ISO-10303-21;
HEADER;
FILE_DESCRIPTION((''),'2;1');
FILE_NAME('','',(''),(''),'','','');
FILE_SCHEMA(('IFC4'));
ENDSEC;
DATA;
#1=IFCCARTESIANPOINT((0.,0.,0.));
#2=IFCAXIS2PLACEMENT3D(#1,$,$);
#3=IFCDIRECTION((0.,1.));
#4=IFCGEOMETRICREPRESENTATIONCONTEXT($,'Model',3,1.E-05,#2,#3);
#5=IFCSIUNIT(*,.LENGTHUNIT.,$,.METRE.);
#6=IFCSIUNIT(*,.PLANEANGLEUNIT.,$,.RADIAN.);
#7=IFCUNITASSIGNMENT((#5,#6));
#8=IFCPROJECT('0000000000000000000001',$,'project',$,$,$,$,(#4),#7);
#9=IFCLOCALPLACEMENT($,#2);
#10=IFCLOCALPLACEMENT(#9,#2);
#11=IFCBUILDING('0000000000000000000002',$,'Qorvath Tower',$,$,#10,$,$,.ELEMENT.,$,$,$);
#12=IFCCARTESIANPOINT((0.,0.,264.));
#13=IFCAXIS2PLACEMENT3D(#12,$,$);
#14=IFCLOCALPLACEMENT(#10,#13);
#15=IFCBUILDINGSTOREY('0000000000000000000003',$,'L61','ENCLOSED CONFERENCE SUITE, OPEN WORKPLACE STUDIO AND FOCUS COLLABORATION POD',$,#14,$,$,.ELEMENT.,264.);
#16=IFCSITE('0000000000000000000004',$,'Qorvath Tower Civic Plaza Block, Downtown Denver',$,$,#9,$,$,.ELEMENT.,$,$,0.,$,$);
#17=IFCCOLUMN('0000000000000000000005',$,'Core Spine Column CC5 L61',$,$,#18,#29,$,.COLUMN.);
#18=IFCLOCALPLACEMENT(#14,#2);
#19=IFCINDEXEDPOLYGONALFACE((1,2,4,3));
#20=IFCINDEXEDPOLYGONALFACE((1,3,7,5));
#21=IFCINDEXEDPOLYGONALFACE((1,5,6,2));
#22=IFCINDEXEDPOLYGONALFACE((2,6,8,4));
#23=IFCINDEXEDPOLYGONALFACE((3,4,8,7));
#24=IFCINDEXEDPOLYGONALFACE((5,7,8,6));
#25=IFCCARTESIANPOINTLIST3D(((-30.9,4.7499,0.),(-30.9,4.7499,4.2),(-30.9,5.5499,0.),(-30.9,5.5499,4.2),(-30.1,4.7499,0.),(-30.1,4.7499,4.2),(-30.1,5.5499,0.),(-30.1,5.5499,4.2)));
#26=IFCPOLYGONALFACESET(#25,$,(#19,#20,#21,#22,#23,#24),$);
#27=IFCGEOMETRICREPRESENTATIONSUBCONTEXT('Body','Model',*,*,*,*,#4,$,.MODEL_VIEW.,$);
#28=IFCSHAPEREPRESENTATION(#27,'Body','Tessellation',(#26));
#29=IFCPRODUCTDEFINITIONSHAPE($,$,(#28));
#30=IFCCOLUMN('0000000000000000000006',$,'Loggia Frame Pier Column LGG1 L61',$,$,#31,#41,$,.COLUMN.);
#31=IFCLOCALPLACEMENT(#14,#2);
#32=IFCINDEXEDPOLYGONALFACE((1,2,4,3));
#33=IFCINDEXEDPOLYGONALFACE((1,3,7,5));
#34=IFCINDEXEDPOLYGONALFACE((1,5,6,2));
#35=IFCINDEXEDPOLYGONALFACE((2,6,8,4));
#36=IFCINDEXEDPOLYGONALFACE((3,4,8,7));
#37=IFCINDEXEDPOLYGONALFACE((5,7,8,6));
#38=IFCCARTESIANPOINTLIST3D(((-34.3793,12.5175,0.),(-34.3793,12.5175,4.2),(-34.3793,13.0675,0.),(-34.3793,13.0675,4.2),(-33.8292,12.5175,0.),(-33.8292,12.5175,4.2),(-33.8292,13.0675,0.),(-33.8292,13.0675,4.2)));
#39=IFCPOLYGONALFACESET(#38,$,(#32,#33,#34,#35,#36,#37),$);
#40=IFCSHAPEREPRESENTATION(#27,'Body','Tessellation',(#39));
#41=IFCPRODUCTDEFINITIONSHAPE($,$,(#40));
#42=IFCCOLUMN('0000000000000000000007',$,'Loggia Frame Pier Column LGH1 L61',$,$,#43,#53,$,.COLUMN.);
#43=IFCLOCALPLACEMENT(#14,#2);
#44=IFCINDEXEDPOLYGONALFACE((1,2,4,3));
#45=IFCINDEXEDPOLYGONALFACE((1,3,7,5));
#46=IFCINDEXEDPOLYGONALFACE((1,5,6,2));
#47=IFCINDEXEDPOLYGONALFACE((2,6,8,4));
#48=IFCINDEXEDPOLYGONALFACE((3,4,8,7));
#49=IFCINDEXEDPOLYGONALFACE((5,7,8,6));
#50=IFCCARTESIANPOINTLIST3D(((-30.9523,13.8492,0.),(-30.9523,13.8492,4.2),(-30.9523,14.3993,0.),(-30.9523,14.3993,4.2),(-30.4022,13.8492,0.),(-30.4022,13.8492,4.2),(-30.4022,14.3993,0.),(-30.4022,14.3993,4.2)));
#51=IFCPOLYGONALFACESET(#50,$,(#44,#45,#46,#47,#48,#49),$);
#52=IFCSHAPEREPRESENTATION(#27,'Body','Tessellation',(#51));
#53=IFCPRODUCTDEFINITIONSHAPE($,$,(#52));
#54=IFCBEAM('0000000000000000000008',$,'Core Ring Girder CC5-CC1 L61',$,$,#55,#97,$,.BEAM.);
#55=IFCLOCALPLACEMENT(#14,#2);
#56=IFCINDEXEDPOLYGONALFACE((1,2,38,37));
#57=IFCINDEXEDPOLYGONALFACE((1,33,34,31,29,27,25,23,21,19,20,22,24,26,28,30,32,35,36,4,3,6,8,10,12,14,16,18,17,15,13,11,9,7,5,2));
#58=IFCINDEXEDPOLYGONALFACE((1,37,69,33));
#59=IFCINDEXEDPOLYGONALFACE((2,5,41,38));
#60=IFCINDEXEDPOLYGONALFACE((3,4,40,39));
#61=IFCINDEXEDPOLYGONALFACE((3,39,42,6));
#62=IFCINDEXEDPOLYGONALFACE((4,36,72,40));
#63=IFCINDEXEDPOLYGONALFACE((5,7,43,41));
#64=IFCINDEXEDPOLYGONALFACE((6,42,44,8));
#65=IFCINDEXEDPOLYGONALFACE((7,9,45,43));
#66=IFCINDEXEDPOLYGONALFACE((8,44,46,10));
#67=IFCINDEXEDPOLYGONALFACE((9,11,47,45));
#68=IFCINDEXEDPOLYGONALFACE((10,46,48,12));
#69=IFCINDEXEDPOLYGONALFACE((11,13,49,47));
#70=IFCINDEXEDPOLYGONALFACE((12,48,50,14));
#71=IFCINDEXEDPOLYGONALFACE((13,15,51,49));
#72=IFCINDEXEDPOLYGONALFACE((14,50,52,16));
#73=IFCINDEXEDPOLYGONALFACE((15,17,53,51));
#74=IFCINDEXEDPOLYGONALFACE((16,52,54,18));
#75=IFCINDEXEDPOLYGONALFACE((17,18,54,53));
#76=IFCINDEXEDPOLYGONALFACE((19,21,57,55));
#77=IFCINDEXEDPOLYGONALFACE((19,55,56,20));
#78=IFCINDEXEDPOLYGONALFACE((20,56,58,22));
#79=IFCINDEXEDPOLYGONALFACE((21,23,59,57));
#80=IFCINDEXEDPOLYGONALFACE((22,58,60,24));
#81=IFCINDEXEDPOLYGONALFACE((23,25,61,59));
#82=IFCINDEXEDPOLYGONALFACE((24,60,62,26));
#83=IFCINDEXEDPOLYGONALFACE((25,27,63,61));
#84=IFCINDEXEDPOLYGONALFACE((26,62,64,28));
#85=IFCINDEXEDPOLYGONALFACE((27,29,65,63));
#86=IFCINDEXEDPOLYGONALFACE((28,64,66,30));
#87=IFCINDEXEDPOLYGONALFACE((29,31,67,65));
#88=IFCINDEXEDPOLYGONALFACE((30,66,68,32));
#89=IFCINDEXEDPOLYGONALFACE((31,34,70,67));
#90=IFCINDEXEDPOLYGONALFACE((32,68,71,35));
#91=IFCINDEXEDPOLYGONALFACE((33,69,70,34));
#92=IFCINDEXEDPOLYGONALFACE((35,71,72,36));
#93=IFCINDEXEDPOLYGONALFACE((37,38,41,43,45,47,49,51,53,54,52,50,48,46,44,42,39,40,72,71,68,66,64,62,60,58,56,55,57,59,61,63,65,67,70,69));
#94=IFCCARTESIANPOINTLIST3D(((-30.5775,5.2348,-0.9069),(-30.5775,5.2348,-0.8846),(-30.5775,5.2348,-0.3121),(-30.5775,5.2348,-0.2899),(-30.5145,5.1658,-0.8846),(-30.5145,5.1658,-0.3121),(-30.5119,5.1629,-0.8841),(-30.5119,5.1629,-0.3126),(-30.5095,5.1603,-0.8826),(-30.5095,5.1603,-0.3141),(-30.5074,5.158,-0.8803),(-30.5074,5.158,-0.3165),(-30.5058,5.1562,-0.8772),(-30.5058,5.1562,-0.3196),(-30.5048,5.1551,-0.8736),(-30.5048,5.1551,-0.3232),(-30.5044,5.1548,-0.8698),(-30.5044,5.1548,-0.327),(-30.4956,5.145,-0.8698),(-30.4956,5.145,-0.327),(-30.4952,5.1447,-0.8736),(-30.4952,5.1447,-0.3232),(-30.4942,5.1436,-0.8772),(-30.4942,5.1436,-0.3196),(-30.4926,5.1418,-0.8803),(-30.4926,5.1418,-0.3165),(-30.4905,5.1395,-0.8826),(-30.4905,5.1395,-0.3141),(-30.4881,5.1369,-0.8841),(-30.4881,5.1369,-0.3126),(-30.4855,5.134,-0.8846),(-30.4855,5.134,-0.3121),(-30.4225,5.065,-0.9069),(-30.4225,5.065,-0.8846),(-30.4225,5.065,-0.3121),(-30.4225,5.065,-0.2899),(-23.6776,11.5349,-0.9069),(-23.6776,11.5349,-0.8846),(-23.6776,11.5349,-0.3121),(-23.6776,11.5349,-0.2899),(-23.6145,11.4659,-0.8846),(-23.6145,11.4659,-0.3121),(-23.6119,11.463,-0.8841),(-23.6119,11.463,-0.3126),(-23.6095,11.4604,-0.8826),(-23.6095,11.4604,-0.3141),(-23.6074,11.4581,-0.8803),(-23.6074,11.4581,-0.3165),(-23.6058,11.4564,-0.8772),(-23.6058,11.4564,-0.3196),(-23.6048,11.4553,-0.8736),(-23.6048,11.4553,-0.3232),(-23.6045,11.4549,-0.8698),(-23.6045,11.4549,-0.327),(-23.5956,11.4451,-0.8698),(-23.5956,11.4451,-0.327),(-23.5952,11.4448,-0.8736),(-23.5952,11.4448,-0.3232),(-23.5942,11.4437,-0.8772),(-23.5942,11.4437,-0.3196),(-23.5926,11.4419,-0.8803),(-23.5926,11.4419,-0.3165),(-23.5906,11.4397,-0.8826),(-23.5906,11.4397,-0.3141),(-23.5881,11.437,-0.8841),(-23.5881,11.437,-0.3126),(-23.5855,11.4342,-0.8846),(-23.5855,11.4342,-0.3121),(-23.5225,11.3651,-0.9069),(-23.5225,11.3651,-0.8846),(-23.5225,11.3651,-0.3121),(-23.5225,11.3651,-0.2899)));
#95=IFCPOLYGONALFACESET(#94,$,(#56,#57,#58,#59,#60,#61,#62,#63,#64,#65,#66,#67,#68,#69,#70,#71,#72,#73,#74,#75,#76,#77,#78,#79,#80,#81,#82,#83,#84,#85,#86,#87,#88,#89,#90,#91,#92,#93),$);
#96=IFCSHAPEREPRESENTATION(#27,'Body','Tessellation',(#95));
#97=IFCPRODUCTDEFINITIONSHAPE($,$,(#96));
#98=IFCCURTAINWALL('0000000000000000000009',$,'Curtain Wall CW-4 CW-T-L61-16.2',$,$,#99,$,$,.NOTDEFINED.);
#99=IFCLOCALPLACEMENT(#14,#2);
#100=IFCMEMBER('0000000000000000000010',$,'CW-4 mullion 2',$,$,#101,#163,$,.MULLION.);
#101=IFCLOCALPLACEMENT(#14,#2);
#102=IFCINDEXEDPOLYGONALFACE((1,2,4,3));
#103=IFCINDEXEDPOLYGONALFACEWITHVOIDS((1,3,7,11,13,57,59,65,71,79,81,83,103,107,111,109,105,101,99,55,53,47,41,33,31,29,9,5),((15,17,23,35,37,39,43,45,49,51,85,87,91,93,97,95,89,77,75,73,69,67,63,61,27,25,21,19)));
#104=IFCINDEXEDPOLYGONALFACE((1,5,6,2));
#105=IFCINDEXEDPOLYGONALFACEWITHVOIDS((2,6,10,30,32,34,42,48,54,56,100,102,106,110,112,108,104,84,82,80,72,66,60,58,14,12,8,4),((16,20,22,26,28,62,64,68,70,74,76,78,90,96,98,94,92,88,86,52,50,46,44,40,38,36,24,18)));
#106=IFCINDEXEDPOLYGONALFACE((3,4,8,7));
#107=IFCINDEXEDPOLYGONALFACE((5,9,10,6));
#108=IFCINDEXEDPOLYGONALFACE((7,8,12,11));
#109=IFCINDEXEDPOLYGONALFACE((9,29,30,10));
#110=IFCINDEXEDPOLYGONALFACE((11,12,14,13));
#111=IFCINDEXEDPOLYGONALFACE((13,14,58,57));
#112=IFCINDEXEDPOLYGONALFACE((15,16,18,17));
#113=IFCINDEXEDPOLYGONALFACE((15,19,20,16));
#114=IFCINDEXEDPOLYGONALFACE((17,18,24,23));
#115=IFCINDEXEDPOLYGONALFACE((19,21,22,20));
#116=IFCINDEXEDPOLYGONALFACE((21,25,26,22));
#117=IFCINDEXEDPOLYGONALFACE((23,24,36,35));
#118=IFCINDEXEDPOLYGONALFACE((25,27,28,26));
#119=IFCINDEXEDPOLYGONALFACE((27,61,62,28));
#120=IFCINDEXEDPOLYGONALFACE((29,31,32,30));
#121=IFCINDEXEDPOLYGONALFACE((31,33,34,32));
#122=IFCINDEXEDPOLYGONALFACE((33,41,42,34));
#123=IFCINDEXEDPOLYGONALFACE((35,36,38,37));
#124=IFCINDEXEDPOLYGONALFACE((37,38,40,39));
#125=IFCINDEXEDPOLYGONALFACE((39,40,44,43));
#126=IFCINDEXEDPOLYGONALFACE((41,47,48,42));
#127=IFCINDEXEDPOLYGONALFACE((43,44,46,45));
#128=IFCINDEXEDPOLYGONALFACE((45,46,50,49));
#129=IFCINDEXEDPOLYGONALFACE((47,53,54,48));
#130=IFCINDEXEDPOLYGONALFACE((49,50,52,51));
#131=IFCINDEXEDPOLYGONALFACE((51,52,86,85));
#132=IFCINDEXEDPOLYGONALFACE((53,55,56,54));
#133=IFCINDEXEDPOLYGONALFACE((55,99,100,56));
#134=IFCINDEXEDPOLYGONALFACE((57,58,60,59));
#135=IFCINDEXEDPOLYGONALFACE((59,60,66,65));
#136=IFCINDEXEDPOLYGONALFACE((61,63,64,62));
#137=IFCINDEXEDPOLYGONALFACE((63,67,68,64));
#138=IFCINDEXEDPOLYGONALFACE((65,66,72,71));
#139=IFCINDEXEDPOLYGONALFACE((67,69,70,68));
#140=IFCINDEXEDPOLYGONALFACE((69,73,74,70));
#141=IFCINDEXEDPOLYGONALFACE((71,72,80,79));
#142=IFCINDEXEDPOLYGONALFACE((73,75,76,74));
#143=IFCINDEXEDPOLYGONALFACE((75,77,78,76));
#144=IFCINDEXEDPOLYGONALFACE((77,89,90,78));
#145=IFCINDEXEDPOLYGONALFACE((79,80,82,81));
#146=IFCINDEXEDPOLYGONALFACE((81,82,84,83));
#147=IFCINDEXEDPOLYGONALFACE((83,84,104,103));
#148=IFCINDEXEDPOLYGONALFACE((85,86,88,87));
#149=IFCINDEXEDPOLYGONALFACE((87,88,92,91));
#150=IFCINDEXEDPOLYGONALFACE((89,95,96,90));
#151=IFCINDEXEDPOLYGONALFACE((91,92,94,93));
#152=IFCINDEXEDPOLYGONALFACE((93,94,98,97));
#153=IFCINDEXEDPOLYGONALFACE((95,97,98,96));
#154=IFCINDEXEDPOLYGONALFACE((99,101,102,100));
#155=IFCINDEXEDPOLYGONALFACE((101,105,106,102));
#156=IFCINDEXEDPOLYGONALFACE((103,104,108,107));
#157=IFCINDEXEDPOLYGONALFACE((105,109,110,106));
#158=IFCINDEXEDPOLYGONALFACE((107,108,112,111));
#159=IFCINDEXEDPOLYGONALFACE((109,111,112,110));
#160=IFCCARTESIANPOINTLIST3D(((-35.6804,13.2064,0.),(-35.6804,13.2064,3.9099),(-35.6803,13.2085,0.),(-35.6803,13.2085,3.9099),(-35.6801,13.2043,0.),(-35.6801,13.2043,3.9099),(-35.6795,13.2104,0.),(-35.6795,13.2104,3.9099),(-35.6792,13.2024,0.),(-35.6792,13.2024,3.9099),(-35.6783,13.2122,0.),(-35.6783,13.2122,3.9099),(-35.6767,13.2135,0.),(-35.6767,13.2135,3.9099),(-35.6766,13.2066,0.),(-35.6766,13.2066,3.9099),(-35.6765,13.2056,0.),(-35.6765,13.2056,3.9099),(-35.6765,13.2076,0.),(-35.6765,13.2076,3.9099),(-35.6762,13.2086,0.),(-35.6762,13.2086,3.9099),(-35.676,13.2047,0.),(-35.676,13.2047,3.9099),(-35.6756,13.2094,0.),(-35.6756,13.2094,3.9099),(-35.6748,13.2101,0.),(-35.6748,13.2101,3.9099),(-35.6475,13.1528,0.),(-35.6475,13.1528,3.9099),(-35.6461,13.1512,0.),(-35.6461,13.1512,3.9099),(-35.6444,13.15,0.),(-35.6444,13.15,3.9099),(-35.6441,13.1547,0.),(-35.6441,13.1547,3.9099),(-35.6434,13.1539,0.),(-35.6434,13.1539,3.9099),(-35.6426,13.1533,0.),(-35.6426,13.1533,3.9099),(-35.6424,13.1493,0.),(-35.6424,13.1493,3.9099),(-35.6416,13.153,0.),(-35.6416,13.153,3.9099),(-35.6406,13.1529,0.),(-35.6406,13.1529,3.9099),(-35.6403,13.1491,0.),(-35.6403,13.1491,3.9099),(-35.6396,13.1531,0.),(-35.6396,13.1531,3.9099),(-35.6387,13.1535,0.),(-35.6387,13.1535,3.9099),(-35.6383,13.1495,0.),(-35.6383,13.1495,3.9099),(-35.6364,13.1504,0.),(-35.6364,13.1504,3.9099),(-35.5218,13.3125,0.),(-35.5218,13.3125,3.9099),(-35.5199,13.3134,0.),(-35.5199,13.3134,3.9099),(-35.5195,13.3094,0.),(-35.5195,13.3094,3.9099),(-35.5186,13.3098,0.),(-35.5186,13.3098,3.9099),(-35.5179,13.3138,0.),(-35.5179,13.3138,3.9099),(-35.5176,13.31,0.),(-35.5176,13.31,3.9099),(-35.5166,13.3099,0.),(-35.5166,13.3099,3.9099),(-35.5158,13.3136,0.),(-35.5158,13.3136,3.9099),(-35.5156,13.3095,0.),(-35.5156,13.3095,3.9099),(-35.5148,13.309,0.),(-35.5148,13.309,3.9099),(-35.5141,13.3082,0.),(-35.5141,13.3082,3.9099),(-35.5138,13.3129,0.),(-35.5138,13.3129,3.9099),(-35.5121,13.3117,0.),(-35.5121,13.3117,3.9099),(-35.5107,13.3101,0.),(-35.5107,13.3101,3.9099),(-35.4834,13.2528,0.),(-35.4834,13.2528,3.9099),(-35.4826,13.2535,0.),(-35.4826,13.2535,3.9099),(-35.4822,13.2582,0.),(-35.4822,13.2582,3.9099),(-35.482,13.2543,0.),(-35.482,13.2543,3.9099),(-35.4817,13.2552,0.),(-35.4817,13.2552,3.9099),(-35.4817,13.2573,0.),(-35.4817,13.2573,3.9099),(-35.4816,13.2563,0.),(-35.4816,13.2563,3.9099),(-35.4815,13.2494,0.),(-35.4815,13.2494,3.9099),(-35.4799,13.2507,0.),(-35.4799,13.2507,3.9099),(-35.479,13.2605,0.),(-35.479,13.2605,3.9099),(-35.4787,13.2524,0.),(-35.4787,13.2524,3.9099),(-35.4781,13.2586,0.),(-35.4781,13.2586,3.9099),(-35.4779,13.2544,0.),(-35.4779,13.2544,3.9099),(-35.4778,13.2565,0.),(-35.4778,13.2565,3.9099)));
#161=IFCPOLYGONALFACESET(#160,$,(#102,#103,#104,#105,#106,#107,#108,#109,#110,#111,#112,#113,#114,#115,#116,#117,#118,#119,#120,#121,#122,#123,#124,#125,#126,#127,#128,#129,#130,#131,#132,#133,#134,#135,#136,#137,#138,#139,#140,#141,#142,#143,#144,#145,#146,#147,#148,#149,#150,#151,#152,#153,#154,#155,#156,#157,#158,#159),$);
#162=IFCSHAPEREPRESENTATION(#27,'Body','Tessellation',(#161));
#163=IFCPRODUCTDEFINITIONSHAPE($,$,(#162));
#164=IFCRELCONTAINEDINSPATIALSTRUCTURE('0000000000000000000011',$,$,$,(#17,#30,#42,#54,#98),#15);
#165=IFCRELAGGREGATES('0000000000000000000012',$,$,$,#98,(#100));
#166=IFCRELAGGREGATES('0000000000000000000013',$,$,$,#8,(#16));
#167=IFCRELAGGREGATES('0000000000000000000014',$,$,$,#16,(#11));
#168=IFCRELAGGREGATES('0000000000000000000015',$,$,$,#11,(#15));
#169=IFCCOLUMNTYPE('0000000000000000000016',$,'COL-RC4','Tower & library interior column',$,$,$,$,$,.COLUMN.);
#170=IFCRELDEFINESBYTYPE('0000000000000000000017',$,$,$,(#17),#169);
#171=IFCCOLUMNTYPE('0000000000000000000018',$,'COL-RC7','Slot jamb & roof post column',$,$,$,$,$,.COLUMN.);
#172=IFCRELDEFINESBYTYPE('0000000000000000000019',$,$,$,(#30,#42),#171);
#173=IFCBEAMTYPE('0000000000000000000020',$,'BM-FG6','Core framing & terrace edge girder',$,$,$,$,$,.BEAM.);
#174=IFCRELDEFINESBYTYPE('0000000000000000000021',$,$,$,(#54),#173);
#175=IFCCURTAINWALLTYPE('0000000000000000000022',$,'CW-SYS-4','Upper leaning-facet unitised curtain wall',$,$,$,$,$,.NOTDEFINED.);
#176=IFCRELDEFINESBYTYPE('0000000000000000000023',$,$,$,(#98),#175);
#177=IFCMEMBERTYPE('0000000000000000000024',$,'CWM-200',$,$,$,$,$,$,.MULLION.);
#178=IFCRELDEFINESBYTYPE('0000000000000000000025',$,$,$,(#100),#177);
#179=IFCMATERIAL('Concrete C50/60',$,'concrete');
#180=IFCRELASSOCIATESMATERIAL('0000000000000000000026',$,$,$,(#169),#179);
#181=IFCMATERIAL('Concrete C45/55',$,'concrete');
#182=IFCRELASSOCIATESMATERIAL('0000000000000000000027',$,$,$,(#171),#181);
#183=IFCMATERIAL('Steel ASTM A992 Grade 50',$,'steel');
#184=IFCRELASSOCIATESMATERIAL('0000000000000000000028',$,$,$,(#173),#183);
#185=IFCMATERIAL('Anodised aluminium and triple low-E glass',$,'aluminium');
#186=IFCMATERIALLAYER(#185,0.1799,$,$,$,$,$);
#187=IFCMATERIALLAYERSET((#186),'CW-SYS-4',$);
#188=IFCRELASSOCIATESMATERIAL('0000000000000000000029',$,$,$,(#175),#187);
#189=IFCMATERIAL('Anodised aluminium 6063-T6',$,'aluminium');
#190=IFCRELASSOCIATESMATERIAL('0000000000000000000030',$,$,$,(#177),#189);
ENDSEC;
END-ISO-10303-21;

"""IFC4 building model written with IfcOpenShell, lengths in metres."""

from ifc_helpers import new_model, si_unit, direction, frame, origin, origin_2d, place, context, subcontext, project, spatial, rectangle, hollow_rectangle, i_section, extrude, material, layer, layer_set, material_profile, profile_set, type_object, element, aggregate, save


model = new_model("IFC4")

# Units and contexts
model_context = context("Model", 3, precision=1e-05, world=origin(), true_north=direction((0.0, 1.0)))
body_context = subcontext(model_context, "Body", "Model", "MODEL_VIEW")
ifc_project = project(units=[si_unit("LENGTHUNIT", "METRE"), si_unit("PLANEANGLEUNIT", "RADIAN")], contexts=[model_context])

# Site, building, storey
site_placement = place(None, origin())
site = spatial("IfcSite", under=ifc_project, at=site_placement, Name="Qorvath Tower Civic Plaza Block, Downtown Denver", CompositionType="ELEMENT", RefElevation=0.0)
building_placement = place(site_placement, origin())
building = spatial("IfcBuilding", under=site, at=building_placement, Name="Qorvath Tower", CompositionType="ELEMENT")
storey_placement = place(building_placement, frame((0.0, 0.0, 264.0)))
storey = spatial("IfcBuildingStorey", under=building, at=storey_placement, Name="L61", Description="ENCLOSED CONFERENCE SUITE, OPEN WORKPLACE STUDIO AND FOCUS COLLABORATION POD", CompositionType="ELEMENT", Elevation=264.0)

# Columns
ifc_material_1 = material(Name="Concrete C50/60", Category="concrete")
ifc_material_profile_1 = material_profile(ifc_material_1, rectangle(XDim=0.8, YDim=0.8, at=origin_2d()), Name="RC 800x800")
ifc_profile_set_1 = profile_set([ifc_material_profile_1], Name="Concrete C50/60")
column_type_1 = type_object("IfcColumnType", Name="COL-RC4", Description="Tower & library interior column", PredefinedType="COLUMN", material=ifc_profile_set_1)
column_placement = place(storey_placement, frame((-30.5, 5.1499, 0.0), z_axis=(0.0, 0.0, 1.0), x_axis=(1.0, 0.0, 0.0)))
element("IfcColumn", 1, at=column_placement, inside=storey, type_object=column_type_1, Name="Core Spine Column CC5 L61", PredefinedType="COLUMN", context=body_context, shape_type="SweptSolid", body=[
    extrude(rectangle(XDim=0.8, YDim=0.8, at=origin_2d()), origin(), (0.0, 0.0, 1.0), 4.2),
])
ifc_material_2 = material(Name="Concrete C45/55", Category="concrete")
ifc_material_profile_2 = material_profile(ifc_material_2, rectangle(XDim=0.55, YDim=0.55, at=origin_2d()), Name="RC 550x550")
ifc_profile_set_2 = profile_set([ifc_material_profile_2], Name="Concrete C45/55")
column_type_2 = type_object("IfcColumnType", Name="COL-RC7", Description="Slot jamb & roof post column", PredefinedType="COLUMN", material=ifc_profile_set_2)
for number, where, z_axis, x_axis, name in (
    (2, (-34.1042, 12.7925, 0.0), (0.0, 0.0, 1.0), (1.0, 0.0, 0.0), "Loggia Frame Pier Column LGG1 L61"),
    (3, (-30.6772, 14.1243, 0.0), (0.0, 0.0, 1.0), (1.0, 0.0, 0.0), "Loggia Frame Pier Column LGH1 L61"),
):
    element("IfcColumn", number, at=place(storey_placement, frame(where, z_axis=z_axis, x_axis=x_axis)), inside=storey, type_object=column_type_2, Name=name, PredefinedType="COLUMN", context=body_context, shape_type="SweptSolid", body=[
        extrude(rectangle(XDim=0.55, YDim=0.55, at=origin_2d()), origin(), (0.0, 0.0, 1.0), 4.2),
    ])

# Beam
ifc_material_3 = material(Name="Steel ASTM A992 Grade 50", Category="steel")
ifc_material_profile_3 = material_profile(ifc_material_3, i_section(OverallWidth=0.23, OverallDepth=0.6169, WebThickness=0.0132, FlangeThickness=0.0222, FilletRadius=0.0149, at=origin_2d()), Name="W24x94")
ifc_profile_set_3 = profile_set([ifc_material_profile_3], Name="Steel ASTM A992 Grade 50")
beam_type = type_object("IfcBeamType", Name="BM-FG6", Description="Core framing & terrace edge girder", PredefinedType="BEAM", material=ifc_profile_set_3)
beam_placement = place(storey_placement, frame((-30.5, 5.1499, -0.5984), z_axis=(0.738478, 0.674277, 0.0), x_axis=(-0.674277, 0.738478, 0.0)))
element("IfcBeam", 4, at=beam_placement, inside=storey, type_object=beam_type, Name="Core Ring Girder CC5-CC1 L61", PredefinedType="BEAM", context=body_context, shape_type="SweptSolid", body=[
    extrude(i_section(OverallWidth=0.23, OverallDepth=0.6169, WebThickness=0.0132, FlangeThickness=0.0222, FilletRadius=0.0149, at=origin_2d()), origin(), (0.0, 0.0, 1.0), 9.3435),
])

# Curtain wall, member
ifc_material_4 = material(Name="Anodised aluminium and triple low-E glass", Category="aluminium")
ifc_layer_1 = layer(ifc_material_4, 0.1799)
ifc_layer_set_1 = layer_set([ifc_layer_1], Name="CW-SYS-4")
curtain_wall_type = type_object("IfcCurtainWallType", Name="CW-SYS-4", Description="Upper leaning-facet unitised curtain wall", PredefinedType="NOTDEFINED", material=ifc_layer_set_1)
curtain_wall_placement = place(storey_placement, origin())
curtain_wall = element("IfcCurtainWall", 5, at=curtain_wall_placement, inside=storey, type_object=curtain_wall_type, Name="Curtain Wall CW-4 CW-T-L61-16.2", PredefinedType="NOTDEFINED")
ifc_material_5 = material(Name="Anodised aluminium 6063-T6", Category="aluminium")
ifc_material_profile_4 = material_profile(ifc_material_5, hollow_rectangle(XDim=0.075, YDim=0.2, WallThickness=0.0039, InnerFilletRadius=0.0039, OuterFilletRadius=0.0081, at=origin_2d()), Name="CWM 200x75")
ifc_profile_set_4 = profile_set([ifc_material_profile_4], Name="Anodised aluminium 6063-T6")
member_type_1 = type_object("IfcMemberType", Name="CWM-200", PredefinedType="MULLION", material=ifc_profile_set_4)
member_1_placement = place(storey_placement, frame((-35.5791, 13.2314, 0.0), z_axis=(0.0, 0.0, 1.0), x_axis=(0.538544, -0.842597, 0.0)))
member_1 = element("IfcMember", 6, at=member_1_placement, type_object=member_type_1, Name="CW-4 mullion 2", PredefinedType="MULLION", context=body_context, shape_type="SweptSolid", body=[
    extrude(hollow_rectangle(XDim=0.075, YDim=0.2, WallThickness=0.0039, InnerFilletRadius=0.0039, OuterFilletRadius=0.0081, at=origin_2d()), origin(), (0.0, 0.0, 1.0), 3.9099),
])
aggregate(curtain_wall, [member_1])

save(model, "model.ifc")
